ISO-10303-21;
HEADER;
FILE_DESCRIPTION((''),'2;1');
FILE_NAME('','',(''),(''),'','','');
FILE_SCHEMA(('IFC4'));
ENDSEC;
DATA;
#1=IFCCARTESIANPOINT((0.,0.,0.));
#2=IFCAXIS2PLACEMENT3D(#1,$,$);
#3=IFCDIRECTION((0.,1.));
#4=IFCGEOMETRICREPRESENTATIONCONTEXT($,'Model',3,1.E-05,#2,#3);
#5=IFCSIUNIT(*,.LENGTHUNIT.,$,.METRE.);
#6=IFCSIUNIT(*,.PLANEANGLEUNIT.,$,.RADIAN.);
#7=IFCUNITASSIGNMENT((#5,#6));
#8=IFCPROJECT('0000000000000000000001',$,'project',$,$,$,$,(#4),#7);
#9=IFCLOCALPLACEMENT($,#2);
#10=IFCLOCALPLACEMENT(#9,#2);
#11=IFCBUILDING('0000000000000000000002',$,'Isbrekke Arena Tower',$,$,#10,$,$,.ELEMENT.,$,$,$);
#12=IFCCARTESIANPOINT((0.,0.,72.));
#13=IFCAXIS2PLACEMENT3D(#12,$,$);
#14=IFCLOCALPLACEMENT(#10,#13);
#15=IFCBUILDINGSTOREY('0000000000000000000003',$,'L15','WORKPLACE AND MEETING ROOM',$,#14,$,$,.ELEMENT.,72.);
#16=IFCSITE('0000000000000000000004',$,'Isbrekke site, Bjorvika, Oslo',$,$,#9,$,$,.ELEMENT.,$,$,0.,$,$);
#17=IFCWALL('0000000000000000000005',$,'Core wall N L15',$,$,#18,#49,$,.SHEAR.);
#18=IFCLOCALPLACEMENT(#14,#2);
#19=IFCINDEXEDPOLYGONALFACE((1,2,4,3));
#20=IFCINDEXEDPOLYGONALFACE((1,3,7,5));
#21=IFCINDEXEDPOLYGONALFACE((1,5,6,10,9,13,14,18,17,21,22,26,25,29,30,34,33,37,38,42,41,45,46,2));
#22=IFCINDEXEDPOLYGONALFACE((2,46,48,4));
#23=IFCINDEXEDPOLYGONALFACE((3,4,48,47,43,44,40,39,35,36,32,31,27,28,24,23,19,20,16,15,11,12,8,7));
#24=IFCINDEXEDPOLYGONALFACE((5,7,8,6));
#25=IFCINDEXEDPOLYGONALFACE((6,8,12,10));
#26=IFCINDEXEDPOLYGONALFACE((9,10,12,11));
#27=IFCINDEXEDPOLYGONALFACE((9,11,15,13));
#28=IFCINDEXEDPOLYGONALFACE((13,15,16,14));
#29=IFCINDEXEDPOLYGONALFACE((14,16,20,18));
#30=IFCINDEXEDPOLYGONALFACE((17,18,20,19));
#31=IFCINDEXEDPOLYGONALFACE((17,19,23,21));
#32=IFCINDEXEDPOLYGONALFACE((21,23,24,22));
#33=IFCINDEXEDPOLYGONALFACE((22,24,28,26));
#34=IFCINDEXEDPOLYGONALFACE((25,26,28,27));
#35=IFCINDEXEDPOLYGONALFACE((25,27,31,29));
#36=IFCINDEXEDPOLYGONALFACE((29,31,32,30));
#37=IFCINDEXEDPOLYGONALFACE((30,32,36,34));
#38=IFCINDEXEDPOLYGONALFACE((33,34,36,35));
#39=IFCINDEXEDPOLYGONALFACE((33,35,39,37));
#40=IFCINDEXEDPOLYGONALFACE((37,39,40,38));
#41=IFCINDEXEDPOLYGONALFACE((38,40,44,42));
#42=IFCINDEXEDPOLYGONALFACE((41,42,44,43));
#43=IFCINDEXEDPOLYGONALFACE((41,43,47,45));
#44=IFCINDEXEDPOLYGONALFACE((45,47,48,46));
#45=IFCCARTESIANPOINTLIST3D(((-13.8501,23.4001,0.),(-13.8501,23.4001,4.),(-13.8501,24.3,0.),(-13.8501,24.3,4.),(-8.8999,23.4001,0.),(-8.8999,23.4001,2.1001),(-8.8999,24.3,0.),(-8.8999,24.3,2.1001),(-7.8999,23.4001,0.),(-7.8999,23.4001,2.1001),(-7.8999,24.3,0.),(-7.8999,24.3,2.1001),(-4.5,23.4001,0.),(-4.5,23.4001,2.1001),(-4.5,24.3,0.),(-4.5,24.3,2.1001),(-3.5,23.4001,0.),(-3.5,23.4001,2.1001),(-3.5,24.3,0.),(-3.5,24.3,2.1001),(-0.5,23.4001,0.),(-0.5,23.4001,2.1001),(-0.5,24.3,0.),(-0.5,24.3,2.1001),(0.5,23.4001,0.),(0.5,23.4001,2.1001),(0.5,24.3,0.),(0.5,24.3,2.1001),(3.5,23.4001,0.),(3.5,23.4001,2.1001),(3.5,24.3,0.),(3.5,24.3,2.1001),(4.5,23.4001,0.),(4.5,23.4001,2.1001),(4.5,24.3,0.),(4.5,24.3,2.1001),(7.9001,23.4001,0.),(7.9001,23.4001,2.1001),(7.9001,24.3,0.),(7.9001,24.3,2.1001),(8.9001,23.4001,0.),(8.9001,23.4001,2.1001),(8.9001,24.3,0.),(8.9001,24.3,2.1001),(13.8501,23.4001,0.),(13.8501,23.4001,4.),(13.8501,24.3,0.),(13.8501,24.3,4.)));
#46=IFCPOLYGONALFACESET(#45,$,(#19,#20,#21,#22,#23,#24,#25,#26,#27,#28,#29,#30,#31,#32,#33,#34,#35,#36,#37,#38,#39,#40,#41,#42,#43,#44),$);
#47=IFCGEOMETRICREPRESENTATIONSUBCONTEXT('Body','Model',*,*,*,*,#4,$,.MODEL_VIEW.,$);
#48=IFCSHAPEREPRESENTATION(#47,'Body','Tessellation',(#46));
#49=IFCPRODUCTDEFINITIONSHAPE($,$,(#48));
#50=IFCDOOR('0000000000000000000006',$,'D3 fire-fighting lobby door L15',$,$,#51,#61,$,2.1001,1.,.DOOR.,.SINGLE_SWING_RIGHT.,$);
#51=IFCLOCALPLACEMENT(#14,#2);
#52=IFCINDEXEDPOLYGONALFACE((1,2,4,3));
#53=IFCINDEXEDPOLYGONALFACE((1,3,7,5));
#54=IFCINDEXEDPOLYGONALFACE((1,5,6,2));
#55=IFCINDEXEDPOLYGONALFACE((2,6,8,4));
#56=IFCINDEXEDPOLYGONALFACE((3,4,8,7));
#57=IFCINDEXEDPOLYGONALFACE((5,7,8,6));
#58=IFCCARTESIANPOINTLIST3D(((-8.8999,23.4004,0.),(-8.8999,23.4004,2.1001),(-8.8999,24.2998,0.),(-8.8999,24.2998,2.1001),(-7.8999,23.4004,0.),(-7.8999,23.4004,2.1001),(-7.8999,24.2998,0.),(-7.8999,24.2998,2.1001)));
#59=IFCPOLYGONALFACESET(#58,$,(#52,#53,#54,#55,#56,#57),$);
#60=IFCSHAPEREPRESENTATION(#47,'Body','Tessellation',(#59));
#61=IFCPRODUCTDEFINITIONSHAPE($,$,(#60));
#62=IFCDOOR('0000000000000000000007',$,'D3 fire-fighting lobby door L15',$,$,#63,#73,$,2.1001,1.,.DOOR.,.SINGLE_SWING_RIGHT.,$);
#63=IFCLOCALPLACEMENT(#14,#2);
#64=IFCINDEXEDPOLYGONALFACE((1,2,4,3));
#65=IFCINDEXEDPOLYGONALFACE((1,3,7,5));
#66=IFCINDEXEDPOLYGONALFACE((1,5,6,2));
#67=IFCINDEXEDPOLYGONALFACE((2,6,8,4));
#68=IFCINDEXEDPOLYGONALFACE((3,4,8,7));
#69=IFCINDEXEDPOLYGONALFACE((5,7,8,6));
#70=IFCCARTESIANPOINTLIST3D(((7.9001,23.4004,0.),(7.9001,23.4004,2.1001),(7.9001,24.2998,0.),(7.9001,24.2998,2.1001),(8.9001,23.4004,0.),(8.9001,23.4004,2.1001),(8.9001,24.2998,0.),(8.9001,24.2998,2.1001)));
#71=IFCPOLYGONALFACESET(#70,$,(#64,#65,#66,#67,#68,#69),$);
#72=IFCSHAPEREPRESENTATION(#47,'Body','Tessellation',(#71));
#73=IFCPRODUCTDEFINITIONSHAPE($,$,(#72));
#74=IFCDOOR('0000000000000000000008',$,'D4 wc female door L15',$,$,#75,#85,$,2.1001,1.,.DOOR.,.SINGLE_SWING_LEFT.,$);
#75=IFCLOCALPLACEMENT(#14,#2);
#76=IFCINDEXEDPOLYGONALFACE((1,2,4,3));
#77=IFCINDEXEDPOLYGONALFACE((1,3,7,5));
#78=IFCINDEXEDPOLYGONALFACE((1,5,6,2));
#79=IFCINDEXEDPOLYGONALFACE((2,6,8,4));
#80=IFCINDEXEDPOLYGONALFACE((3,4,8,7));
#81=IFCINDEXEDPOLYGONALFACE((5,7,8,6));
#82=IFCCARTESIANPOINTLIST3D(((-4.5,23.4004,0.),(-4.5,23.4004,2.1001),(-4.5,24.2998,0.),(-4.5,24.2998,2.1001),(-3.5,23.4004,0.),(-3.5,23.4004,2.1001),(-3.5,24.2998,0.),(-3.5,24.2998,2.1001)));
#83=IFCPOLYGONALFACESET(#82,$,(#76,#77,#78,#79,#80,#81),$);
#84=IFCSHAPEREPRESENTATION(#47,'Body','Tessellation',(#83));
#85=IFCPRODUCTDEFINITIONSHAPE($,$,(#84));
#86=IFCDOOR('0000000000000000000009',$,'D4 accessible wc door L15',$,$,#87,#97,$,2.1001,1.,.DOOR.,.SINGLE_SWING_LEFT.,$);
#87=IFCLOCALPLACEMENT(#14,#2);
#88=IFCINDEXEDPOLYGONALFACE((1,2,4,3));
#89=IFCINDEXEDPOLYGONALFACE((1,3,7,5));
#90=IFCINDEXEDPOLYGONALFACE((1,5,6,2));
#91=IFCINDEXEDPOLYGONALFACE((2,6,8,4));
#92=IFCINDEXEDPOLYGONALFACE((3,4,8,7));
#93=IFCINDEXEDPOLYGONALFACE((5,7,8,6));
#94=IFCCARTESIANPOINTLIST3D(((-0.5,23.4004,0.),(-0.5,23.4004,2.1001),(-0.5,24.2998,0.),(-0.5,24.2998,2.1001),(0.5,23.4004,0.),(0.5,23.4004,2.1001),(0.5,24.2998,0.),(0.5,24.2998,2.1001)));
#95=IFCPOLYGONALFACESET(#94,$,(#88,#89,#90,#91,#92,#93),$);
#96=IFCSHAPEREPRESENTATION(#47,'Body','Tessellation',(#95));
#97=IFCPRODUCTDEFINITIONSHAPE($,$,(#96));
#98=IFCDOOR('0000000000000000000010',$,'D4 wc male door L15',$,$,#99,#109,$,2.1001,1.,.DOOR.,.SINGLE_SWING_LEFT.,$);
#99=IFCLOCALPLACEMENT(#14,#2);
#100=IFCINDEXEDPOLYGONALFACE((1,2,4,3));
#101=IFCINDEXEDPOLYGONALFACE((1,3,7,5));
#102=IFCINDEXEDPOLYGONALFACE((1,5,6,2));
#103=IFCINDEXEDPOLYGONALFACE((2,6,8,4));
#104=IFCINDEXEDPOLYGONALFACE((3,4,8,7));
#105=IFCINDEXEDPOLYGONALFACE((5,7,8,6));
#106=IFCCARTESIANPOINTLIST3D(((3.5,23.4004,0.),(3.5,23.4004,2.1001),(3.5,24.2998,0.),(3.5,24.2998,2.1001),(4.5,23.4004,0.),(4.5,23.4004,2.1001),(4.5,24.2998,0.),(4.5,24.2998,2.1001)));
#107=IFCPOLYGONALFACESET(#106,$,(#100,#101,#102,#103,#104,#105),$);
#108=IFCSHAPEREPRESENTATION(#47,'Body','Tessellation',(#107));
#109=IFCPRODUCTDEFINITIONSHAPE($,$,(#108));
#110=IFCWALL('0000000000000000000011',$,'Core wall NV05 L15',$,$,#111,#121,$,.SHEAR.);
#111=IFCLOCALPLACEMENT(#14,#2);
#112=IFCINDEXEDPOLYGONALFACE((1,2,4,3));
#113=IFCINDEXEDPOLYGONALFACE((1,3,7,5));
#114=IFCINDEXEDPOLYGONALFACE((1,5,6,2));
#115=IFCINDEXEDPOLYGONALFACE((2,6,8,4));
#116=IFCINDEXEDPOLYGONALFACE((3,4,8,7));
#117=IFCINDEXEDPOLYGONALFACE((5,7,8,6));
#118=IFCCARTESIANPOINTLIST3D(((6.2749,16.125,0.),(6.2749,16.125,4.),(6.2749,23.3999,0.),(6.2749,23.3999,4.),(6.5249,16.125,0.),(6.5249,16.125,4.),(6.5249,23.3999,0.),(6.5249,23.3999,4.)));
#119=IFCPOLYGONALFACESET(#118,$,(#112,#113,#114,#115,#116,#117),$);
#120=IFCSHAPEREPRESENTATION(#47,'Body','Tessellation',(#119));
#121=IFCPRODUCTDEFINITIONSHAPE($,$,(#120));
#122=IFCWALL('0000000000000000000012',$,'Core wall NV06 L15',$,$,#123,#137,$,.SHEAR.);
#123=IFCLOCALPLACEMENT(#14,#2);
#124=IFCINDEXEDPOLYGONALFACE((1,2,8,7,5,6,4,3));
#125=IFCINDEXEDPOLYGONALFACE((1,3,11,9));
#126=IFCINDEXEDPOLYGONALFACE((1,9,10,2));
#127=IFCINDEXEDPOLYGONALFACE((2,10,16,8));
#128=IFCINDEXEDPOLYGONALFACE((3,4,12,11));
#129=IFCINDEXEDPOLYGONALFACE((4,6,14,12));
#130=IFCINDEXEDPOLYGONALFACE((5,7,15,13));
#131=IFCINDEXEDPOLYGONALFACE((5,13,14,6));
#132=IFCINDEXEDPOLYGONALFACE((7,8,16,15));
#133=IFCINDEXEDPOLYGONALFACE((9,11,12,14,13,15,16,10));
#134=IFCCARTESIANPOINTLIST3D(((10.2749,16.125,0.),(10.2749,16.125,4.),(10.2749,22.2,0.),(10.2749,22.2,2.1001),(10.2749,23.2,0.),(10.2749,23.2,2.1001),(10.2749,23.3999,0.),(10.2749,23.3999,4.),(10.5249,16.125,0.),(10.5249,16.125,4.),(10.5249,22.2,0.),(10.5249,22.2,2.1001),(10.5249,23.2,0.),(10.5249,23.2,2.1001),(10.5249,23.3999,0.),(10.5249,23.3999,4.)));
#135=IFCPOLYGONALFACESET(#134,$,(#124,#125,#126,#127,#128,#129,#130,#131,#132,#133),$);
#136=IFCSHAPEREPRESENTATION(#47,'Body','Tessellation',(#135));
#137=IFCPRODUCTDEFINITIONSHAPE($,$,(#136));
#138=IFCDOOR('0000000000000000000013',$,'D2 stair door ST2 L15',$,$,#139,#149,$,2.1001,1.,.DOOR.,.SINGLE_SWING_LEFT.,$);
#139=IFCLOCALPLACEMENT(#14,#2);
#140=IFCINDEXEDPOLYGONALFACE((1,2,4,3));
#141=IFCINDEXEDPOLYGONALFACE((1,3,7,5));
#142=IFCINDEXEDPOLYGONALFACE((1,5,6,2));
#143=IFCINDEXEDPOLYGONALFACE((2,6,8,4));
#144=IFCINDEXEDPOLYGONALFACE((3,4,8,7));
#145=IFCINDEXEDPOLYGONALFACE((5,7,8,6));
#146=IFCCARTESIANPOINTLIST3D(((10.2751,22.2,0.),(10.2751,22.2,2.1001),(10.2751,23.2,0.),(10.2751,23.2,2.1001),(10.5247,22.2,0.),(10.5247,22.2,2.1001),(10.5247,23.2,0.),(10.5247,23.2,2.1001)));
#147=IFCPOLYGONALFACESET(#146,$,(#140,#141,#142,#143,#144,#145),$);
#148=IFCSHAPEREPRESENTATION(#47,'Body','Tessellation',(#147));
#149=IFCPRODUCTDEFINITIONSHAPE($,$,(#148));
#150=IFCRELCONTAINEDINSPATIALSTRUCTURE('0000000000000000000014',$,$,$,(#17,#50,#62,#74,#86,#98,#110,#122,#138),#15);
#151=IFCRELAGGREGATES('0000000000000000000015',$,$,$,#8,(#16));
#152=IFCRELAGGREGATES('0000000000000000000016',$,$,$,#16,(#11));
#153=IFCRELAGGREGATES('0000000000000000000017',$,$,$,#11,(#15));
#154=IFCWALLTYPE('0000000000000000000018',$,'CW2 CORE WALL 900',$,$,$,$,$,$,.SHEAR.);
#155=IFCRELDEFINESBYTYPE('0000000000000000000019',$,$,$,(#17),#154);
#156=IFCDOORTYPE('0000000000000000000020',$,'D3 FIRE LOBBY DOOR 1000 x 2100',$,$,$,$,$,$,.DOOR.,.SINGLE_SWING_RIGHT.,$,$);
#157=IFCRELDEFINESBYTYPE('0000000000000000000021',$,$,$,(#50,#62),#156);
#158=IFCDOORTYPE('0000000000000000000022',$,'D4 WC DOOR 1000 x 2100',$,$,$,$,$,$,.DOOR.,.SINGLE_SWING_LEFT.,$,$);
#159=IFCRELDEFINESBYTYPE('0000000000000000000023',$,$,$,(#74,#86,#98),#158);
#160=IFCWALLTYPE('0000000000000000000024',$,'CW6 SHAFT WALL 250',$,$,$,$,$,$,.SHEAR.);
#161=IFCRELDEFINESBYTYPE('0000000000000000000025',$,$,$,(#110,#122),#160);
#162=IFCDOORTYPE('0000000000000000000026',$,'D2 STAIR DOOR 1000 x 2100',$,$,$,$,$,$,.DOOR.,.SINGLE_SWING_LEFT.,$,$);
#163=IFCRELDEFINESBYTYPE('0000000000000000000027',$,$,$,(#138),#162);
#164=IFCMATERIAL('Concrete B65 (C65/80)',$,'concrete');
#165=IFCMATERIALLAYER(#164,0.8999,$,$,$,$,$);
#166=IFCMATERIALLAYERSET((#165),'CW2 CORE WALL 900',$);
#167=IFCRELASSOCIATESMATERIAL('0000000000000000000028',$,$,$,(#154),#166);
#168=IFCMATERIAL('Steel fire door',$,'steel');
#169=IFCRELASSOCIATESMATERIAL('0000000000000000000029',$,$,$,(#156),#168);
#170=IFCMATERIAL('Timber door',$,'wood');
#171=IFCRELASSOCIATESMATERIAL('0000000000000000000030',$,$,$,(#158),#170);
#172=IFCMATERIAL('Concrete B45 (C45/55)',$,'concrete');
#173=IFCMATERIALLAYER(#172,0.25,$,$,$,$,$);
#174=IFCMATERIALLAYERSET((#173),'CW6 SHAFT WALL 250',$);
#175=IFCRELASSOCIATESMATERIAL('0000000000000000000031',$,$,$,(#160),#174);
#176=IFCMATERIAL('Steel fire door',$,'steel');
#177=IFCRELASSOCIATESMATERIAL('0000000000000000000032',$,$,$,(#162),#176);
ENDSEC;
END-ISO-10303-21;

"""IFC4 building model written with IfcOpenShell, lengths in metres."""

from ifc_helpers import new_model, si_unit, direction, frame, frame_2d, origin, place, context, subcontext, project, spatial, rectangle, extrude, material, layer, layer_set, type_object, element, fill, save


model = new_model("IFC4")

# Units and contexts
model_context = context("Model", 3, precision=1e-05, world=origin(), true_north=direction((0.0, 1.0)))
body_context = subcontext(model_context, "Body", "Model", "MODEL_VIEW")
ifc_project = project(units=[si_unit("LENGTHUNIT", "METRE"), si_unit("PLANEANGLEUNIT", "RADIAN")], contexts=[model_context])

# Site, building, storey
site_placement = place(None, origin())
site = spatial("IfcSite", under=ifc_project, at=site_placement, Name="Isbrekke site, Bjorvika, Oslo", CompositionType="ELEMENT", RefElevation=0.0)
building_placement = place(site_placement, origin())
building = spatial("IfcBuilding", under=site, at=building_placement, Name="Isbrekke Arena Tower", CompositionType="ELEMENT")
storey_placement = place(building_placement, frame((0.0, 0.0, 72.0)))
storey = spatial("IfcBuildingStorey", under=building, at=storey_placement, Name="L15", Description="WORKPLACE AND MEETING ROOM", CompositionType="ELEMENT", Elevation=72.0)

# Wall, openings, doors
ifc_material_1 = material(Name="Concrete B65 (C65/80)", Category="concrete")
ifc_layer_1 = layer(ifc_material_1, 0.8999)
ifc_layer_set_1 = layer_set([ifc_layer_1], Name="CW2 CORE WALL 900")
wall_type_1 = type_object("IfcWallType", Name="CW2 CORE WALL 900", PredefinedType="SHEAR", material=ifc_layer_set_1)
wall_1_placement = place(storey_placement, frame((13.8501, 23.8501, 0.0), z_axis=(0.0, 0.0, 1.0), x_axis=(-1.0, 0.0, 0.0)))
wall_1 = element("IfcWall", 1, at=wall_1_placement, inside=storey, type_object=wall_type_1, Name="Core wall N L15", PredefinedType="SHEAR", context=body_context, shape_type="SweptSolid", body=[
    extrude(rectangle(XDim=27.7002, YDim=0.8999, at=frame_2d((13.8501, 0.0))), origin(), (0.0, 0.0, 1.0), 4.0),
])
opening_1_placement = place(wall_1_placement, frame((21.75, 0.0, 0.0)))
opening_1 = element("IfcOpeningElement", 2, at=opening_1_placement, cuts=wall_1, PredefinedType="OPENING", context=body_context, shape_type="SweptSolid", body=[
    extrude(rectangle(XDim=1.0, YDim=2.1001, at=frame_2d((0.5, 1.05))), frame((0.0, 0.4648, 0.0), z_axis=(0.0, -1.0, 0.0), x_axis=(1.0, 0.0, 0.0)), (0.0, 0.0, 1.0), 0.9297),
])
opening_2_placement = place(wall_1_placement, frame((4.95, 0.0, 0.0)))
opening_2 = element("IfcOpeningElement", 3, at=opening_2_placement, cuts=wall_1, PredefinedType="OPENING", context=body_context, shape_type="SweptSolid", body=[
    extrude(rectangle(XDim=1.0, YDim=2.1001, at=frame_2d((0.5, 1.05))), frame((0.0, 0.4648, 0.0), z_axis=(0.0, -1.0, 0.0), x_axis=(1.0, 0.0, 0.0)), (0.0, 0.0, 1.0), 0.9297),
])
opening_3_placement = place(wall_1_placement, frame((17.3501, 0.0, 0.0)))
opening_3 = element("IfcOpeningElement", 4, at=opening_3_placement, cuts=wall_1, PredefinedType="OPENING", context=body_context, shape_type="SweptSolid", body=[
    extrude(rectangle(XDim=1.0, YDim=2.1001, at=frame_2d((0.5, 1.05))), frame((0.0, 0.4648, 0.0), z_axis=(0.0, -1.0, 0.0), x_axis=(1.0, 0.0, 0.0)), (0.0, 0.0, 1.0), 0.9297),
])
opening_4_placement = place(wall_1_placement, frame((13.3501, 0.0, 0.0)))
opening_4 = element("IfcOpeningElement", 5, at=opening_4_placement, cuts=wall_1, PredefinedType="OPENING", context=body_context, shape_type="SweptSolid", body=[
    extrude(rectangle(XDim=1.0, YDim=2.1001, at=frame_2d((0.5, 1.05))), frame((0.0, 0.4648, 0.0), z_axis=(0.0, -1.0, 0.0), x_axis=(1.0, 0.0, 0.0)), (0.0, 0.0, 1.0), 0.9297),
])
opening_5_placement = place(wall_1_placement, frame((9.3501, 0.0, 0.0)))
opening_5 = element("IfcOpeningElement", 6, at=opening_5_placement, cuts=wall_1, PredefinedType="OPENING", context=body_context, shape_type="SweptSolid", body=[
    extrude(rectangle(XDim=1.0, YDim=2.1001, at=frame_2d((0.5, 1.05))), frame((0.0, 0.4648, 0.0), z_axis=(0.0, -1.0, 0.0), x_axis=(1.0, 0.0, 0.0)), (0.0, 0.0, 1.0), 0.9297),
])
ifc_material_2 = material(Name="Steel fire door", Category="steel")
door_type_1 = type_object("IfcDoorType", Name="D3 FIRE LOBBY DOOR 1000 x 2100", OperationType="SINGLE_SWING_RIGHT", PredefinedType="DOOR", material=ifc_material_2)
door_1_placement = place(opening_1_placement, origin())
door_1 = element("IfcDoor", 7, at=door_1_placement, inside=storey, type_object=door_type_1, Name="D3 fire-fighting lobby door L15", OperationType="SINGLE_SWING_RIGHT", OverallHeight=2.1001, OverallWidth=1.0, PredefinedType="DOOR", context=body_context, shape_type="SweptSolid", body=[
    extrude(rectangle(XDim=1.0, YDim=2.1001, at=frame_2d((0.5, 1.05))), frame((0.0, 0.4497, 0.0), z_axis=(0.0, -1.0, 0.0), x_axis=(1.0, 0.0, 0.0)), (0.0, 0.0, 1.0), 0.8994),
])
fill(opening_1, door_1)
door_2_placement = place(opening_2_placement, origin())
door_2 = element("IfcDoor", 8, at=door_2_placement, inside=storey, type_object=door_type_1, Name="D3 fire-fighting lobby door L15", OperationType="SINGLE_SWING_RIGHT", OverallHeight=2.1001, OverallWidth=1.0, PredefinedType="DOOR", context=body_context, shape_type="SweptSolid", body=[
    extrude(rectangle(XDim=1.0, YDim=2.1001, at=frame_2d((0.5, 1.05))), frame((0.0, 0.4497, 0.0), z_axis=(0.0, -1.0, 0.0), x_axis=(1.0, 0.0, 0.0)), (0.0, 0.0, 1.0), 0.8994),
])
fill(opening_2, door_2)
ifc_material_3 = material(Name="Timber door", Category="wood")
door_type_2 = type_object("IfcDoorType", Name="D4 WC DOOR 1000 x 2100", OperationType="SINGLE_SWING_LEFT", PredefinedType="DOOR", material=ifc_material_3)
door_3_placement = place(opening_3_placement, origin())
door_3 = element("IfcDoor", 9, at=door_3_placement, inside=storey, type_object=door_type_2, Name="D4 wc female door L15", OperationType="SINGLE_SWING_LEFT", OverallHeight=2.1001, OverallWidth=1.0, PredefinedType="DOOR", context=body_context, shape_type="SweptSolid", body=[
    extrude(rectangle(XDim=1.0, YDim=2.1001, at=frame_2d((0.5, 1.05))), frame((0.0, 0.4497, 0.0), z_axis=(0.0, -1.0, 0.0), x_axis=(1.0, 0.0, 0.0)), (0.0, 0.0, 1.0), 0.8994),
])
fill(opening_3, door_3)
door_4_placement = place(opening_4_placement, origin())
door_4 = element("IfcDoor", 10, at=door_4_placement, inside=storey, type_object=door_type_2, Name="D4 accessible wc door L15", OperationType="SINGLE_SWING_LEFT", OverallHeight=2.1001, OverallWidth=1.0, PredefinedType="DOOR", context=body_context, shape_type="SweptSolid", body=[
    extrude(rectangle(XDim=1.0, YDim=2.1001, at=frame_2d((0.5, 1.05))), frame((0.0, 0.4497, 0.0), z_axis=(0.0, -1.0, 0.0), x_axis=(1.0, 0.0, 0.0)), (0.0, 0.0, 1.0), 0.8994),
])
fill(opening_4, door_4)
door_5_placement = place(opening_5_placement, origin())
door_5 = element("IfcDoor", 11, at=door_5_placement, inside=storey, type_object=door_type_2, Name="D4 wc male door L15", OperationType="SINGLE_SWING_LEFT", OverallHeight=2.1001, OverallWidth=1.0, PredefinedType="DOOR", context=body_context, shape_type="SweptSolid", body=[
    extrude(rectangle(XDim=1.0, YDim=2.1001, at=frame_2d((0.5, 1.05))), frame((0.0, 0.4497, 0.0), z_axis=(0.0, -1.0, 0.0), x_axis=(1.0, 0.0, 0.0)), (0.0, 0.0, 1.0), 0.8994),
])
fill(opening_5, door_5)

# Wall
ifc_material_4 = material(Name="Concrete B45 (C45/55)", Category="concrete")
ifc_layer_2 = layer(ifc_material_4, 0.25)
ifc_layer_set_2 = layer_set([ifc_layer_2], Name="CW6 SHAFT WALL 250")
wall_type_2 = type_object("IfcWallType", Name="CW6 SHAFT WALL 250", PredefinedType="SHEAR", material=ifc_layer_set_2)
wall_2_placement = place(storey_placement, frame((6.3999, 16.125, 0.0), z_axis=(0.0, 0.0, 1.0), x_axis=(0.0, 1.0, 0.0)))
element("IfcWall", 12, at=wall_2_placement, inside=storey, type_object=wall_type_2, Name="Core wall NV05 L15", PredefinedType="SHEAR", context=body_context, shape_type="SweptSolid", body=[
    extrude(rectangle(XDim=7.2749, YDim=0.25, at=frame_2d((3.6375, 0.0))), origin(), (0.0, 0.0, 1.0), 4.0),
])

# Wall, opening, door
wall_3_placement = place(storey_placement, frame((10.3999, 16.125, 0.0), z_axis=(0.0, 0.0, 1.0), x_axis=(0.0, 1.0, 0.0)))
wall_3 = element("IfcWall", 13, at=wall_3_placement, inside=storey, type_object=wall_type_2, Name="Core wall NV06 L15", PredefinedType="SHEAR", context=body_context, shape_type="SweptSolid", body=[
    extrude(rectangle(XDim=7.2749, YDim=0.25, at=frame_2d((3.6375, 0.0))), origin(), (0.0, 0.0, 1.0), 4.0),
])
opening_6_placement = place(wall_3_placement, frame((6.075, 0.0, 0.0)))
opening_6 = element("IfcOpeningElement", 14, at=opening_6_placement, cuts=wall_3, PredefinedType="OPENING", context=body_context, shape_type="SweptSolid", body=[
    extrude(rectangle(XDim=1.0, YDim=2.1001, at=frame_2d((0.5, 1.05))), frame((0.0, 0.1399, 0.0), z_axis=(0.0, -1.0, 0.0), x_axis=(1.0, 0.0, 0.0)), (0.0, 0.0, 1.0), 0.2798),
])
ifc_material_5 = material(Name="Steel fire door", Category="steel")
door_type_3 = type_object("IfcDoorType", Name="D2 STAIR DOOR 1000 x 2100", OperationType="SINGLE_SWING_LEFT", PredefinedType="DOOR", material=ifc_material_5)
door_6_placement = place(opening_6_placement, origin())
door_6 = element("IfcDoor", 15, at=door_6_placement, inside=storey, type_object=door_type_3, Name="D2 stair door ST2 L15", OperationType="SINGLE_SWING_LEFT", OverallHeight=2.1001, OverallWidth=1.0, PredefinedType="DOOR", context=body_context, shape_type="SweptSolid", body=[
    extrude(rectangle(XDim=1.0, YDim=2.1001, at=frame_2d((0.5, 1.05))), frame((0.0, 0.1248, 0.0), z_axis=(0.0, -1.0, 0.0), x_axis=(1.0, 0.0, 0.0)), (0.0, 0.0, 1.0), 0.2495),
])
fill(opening_6, door_6)

save(model, "model.ifc")
